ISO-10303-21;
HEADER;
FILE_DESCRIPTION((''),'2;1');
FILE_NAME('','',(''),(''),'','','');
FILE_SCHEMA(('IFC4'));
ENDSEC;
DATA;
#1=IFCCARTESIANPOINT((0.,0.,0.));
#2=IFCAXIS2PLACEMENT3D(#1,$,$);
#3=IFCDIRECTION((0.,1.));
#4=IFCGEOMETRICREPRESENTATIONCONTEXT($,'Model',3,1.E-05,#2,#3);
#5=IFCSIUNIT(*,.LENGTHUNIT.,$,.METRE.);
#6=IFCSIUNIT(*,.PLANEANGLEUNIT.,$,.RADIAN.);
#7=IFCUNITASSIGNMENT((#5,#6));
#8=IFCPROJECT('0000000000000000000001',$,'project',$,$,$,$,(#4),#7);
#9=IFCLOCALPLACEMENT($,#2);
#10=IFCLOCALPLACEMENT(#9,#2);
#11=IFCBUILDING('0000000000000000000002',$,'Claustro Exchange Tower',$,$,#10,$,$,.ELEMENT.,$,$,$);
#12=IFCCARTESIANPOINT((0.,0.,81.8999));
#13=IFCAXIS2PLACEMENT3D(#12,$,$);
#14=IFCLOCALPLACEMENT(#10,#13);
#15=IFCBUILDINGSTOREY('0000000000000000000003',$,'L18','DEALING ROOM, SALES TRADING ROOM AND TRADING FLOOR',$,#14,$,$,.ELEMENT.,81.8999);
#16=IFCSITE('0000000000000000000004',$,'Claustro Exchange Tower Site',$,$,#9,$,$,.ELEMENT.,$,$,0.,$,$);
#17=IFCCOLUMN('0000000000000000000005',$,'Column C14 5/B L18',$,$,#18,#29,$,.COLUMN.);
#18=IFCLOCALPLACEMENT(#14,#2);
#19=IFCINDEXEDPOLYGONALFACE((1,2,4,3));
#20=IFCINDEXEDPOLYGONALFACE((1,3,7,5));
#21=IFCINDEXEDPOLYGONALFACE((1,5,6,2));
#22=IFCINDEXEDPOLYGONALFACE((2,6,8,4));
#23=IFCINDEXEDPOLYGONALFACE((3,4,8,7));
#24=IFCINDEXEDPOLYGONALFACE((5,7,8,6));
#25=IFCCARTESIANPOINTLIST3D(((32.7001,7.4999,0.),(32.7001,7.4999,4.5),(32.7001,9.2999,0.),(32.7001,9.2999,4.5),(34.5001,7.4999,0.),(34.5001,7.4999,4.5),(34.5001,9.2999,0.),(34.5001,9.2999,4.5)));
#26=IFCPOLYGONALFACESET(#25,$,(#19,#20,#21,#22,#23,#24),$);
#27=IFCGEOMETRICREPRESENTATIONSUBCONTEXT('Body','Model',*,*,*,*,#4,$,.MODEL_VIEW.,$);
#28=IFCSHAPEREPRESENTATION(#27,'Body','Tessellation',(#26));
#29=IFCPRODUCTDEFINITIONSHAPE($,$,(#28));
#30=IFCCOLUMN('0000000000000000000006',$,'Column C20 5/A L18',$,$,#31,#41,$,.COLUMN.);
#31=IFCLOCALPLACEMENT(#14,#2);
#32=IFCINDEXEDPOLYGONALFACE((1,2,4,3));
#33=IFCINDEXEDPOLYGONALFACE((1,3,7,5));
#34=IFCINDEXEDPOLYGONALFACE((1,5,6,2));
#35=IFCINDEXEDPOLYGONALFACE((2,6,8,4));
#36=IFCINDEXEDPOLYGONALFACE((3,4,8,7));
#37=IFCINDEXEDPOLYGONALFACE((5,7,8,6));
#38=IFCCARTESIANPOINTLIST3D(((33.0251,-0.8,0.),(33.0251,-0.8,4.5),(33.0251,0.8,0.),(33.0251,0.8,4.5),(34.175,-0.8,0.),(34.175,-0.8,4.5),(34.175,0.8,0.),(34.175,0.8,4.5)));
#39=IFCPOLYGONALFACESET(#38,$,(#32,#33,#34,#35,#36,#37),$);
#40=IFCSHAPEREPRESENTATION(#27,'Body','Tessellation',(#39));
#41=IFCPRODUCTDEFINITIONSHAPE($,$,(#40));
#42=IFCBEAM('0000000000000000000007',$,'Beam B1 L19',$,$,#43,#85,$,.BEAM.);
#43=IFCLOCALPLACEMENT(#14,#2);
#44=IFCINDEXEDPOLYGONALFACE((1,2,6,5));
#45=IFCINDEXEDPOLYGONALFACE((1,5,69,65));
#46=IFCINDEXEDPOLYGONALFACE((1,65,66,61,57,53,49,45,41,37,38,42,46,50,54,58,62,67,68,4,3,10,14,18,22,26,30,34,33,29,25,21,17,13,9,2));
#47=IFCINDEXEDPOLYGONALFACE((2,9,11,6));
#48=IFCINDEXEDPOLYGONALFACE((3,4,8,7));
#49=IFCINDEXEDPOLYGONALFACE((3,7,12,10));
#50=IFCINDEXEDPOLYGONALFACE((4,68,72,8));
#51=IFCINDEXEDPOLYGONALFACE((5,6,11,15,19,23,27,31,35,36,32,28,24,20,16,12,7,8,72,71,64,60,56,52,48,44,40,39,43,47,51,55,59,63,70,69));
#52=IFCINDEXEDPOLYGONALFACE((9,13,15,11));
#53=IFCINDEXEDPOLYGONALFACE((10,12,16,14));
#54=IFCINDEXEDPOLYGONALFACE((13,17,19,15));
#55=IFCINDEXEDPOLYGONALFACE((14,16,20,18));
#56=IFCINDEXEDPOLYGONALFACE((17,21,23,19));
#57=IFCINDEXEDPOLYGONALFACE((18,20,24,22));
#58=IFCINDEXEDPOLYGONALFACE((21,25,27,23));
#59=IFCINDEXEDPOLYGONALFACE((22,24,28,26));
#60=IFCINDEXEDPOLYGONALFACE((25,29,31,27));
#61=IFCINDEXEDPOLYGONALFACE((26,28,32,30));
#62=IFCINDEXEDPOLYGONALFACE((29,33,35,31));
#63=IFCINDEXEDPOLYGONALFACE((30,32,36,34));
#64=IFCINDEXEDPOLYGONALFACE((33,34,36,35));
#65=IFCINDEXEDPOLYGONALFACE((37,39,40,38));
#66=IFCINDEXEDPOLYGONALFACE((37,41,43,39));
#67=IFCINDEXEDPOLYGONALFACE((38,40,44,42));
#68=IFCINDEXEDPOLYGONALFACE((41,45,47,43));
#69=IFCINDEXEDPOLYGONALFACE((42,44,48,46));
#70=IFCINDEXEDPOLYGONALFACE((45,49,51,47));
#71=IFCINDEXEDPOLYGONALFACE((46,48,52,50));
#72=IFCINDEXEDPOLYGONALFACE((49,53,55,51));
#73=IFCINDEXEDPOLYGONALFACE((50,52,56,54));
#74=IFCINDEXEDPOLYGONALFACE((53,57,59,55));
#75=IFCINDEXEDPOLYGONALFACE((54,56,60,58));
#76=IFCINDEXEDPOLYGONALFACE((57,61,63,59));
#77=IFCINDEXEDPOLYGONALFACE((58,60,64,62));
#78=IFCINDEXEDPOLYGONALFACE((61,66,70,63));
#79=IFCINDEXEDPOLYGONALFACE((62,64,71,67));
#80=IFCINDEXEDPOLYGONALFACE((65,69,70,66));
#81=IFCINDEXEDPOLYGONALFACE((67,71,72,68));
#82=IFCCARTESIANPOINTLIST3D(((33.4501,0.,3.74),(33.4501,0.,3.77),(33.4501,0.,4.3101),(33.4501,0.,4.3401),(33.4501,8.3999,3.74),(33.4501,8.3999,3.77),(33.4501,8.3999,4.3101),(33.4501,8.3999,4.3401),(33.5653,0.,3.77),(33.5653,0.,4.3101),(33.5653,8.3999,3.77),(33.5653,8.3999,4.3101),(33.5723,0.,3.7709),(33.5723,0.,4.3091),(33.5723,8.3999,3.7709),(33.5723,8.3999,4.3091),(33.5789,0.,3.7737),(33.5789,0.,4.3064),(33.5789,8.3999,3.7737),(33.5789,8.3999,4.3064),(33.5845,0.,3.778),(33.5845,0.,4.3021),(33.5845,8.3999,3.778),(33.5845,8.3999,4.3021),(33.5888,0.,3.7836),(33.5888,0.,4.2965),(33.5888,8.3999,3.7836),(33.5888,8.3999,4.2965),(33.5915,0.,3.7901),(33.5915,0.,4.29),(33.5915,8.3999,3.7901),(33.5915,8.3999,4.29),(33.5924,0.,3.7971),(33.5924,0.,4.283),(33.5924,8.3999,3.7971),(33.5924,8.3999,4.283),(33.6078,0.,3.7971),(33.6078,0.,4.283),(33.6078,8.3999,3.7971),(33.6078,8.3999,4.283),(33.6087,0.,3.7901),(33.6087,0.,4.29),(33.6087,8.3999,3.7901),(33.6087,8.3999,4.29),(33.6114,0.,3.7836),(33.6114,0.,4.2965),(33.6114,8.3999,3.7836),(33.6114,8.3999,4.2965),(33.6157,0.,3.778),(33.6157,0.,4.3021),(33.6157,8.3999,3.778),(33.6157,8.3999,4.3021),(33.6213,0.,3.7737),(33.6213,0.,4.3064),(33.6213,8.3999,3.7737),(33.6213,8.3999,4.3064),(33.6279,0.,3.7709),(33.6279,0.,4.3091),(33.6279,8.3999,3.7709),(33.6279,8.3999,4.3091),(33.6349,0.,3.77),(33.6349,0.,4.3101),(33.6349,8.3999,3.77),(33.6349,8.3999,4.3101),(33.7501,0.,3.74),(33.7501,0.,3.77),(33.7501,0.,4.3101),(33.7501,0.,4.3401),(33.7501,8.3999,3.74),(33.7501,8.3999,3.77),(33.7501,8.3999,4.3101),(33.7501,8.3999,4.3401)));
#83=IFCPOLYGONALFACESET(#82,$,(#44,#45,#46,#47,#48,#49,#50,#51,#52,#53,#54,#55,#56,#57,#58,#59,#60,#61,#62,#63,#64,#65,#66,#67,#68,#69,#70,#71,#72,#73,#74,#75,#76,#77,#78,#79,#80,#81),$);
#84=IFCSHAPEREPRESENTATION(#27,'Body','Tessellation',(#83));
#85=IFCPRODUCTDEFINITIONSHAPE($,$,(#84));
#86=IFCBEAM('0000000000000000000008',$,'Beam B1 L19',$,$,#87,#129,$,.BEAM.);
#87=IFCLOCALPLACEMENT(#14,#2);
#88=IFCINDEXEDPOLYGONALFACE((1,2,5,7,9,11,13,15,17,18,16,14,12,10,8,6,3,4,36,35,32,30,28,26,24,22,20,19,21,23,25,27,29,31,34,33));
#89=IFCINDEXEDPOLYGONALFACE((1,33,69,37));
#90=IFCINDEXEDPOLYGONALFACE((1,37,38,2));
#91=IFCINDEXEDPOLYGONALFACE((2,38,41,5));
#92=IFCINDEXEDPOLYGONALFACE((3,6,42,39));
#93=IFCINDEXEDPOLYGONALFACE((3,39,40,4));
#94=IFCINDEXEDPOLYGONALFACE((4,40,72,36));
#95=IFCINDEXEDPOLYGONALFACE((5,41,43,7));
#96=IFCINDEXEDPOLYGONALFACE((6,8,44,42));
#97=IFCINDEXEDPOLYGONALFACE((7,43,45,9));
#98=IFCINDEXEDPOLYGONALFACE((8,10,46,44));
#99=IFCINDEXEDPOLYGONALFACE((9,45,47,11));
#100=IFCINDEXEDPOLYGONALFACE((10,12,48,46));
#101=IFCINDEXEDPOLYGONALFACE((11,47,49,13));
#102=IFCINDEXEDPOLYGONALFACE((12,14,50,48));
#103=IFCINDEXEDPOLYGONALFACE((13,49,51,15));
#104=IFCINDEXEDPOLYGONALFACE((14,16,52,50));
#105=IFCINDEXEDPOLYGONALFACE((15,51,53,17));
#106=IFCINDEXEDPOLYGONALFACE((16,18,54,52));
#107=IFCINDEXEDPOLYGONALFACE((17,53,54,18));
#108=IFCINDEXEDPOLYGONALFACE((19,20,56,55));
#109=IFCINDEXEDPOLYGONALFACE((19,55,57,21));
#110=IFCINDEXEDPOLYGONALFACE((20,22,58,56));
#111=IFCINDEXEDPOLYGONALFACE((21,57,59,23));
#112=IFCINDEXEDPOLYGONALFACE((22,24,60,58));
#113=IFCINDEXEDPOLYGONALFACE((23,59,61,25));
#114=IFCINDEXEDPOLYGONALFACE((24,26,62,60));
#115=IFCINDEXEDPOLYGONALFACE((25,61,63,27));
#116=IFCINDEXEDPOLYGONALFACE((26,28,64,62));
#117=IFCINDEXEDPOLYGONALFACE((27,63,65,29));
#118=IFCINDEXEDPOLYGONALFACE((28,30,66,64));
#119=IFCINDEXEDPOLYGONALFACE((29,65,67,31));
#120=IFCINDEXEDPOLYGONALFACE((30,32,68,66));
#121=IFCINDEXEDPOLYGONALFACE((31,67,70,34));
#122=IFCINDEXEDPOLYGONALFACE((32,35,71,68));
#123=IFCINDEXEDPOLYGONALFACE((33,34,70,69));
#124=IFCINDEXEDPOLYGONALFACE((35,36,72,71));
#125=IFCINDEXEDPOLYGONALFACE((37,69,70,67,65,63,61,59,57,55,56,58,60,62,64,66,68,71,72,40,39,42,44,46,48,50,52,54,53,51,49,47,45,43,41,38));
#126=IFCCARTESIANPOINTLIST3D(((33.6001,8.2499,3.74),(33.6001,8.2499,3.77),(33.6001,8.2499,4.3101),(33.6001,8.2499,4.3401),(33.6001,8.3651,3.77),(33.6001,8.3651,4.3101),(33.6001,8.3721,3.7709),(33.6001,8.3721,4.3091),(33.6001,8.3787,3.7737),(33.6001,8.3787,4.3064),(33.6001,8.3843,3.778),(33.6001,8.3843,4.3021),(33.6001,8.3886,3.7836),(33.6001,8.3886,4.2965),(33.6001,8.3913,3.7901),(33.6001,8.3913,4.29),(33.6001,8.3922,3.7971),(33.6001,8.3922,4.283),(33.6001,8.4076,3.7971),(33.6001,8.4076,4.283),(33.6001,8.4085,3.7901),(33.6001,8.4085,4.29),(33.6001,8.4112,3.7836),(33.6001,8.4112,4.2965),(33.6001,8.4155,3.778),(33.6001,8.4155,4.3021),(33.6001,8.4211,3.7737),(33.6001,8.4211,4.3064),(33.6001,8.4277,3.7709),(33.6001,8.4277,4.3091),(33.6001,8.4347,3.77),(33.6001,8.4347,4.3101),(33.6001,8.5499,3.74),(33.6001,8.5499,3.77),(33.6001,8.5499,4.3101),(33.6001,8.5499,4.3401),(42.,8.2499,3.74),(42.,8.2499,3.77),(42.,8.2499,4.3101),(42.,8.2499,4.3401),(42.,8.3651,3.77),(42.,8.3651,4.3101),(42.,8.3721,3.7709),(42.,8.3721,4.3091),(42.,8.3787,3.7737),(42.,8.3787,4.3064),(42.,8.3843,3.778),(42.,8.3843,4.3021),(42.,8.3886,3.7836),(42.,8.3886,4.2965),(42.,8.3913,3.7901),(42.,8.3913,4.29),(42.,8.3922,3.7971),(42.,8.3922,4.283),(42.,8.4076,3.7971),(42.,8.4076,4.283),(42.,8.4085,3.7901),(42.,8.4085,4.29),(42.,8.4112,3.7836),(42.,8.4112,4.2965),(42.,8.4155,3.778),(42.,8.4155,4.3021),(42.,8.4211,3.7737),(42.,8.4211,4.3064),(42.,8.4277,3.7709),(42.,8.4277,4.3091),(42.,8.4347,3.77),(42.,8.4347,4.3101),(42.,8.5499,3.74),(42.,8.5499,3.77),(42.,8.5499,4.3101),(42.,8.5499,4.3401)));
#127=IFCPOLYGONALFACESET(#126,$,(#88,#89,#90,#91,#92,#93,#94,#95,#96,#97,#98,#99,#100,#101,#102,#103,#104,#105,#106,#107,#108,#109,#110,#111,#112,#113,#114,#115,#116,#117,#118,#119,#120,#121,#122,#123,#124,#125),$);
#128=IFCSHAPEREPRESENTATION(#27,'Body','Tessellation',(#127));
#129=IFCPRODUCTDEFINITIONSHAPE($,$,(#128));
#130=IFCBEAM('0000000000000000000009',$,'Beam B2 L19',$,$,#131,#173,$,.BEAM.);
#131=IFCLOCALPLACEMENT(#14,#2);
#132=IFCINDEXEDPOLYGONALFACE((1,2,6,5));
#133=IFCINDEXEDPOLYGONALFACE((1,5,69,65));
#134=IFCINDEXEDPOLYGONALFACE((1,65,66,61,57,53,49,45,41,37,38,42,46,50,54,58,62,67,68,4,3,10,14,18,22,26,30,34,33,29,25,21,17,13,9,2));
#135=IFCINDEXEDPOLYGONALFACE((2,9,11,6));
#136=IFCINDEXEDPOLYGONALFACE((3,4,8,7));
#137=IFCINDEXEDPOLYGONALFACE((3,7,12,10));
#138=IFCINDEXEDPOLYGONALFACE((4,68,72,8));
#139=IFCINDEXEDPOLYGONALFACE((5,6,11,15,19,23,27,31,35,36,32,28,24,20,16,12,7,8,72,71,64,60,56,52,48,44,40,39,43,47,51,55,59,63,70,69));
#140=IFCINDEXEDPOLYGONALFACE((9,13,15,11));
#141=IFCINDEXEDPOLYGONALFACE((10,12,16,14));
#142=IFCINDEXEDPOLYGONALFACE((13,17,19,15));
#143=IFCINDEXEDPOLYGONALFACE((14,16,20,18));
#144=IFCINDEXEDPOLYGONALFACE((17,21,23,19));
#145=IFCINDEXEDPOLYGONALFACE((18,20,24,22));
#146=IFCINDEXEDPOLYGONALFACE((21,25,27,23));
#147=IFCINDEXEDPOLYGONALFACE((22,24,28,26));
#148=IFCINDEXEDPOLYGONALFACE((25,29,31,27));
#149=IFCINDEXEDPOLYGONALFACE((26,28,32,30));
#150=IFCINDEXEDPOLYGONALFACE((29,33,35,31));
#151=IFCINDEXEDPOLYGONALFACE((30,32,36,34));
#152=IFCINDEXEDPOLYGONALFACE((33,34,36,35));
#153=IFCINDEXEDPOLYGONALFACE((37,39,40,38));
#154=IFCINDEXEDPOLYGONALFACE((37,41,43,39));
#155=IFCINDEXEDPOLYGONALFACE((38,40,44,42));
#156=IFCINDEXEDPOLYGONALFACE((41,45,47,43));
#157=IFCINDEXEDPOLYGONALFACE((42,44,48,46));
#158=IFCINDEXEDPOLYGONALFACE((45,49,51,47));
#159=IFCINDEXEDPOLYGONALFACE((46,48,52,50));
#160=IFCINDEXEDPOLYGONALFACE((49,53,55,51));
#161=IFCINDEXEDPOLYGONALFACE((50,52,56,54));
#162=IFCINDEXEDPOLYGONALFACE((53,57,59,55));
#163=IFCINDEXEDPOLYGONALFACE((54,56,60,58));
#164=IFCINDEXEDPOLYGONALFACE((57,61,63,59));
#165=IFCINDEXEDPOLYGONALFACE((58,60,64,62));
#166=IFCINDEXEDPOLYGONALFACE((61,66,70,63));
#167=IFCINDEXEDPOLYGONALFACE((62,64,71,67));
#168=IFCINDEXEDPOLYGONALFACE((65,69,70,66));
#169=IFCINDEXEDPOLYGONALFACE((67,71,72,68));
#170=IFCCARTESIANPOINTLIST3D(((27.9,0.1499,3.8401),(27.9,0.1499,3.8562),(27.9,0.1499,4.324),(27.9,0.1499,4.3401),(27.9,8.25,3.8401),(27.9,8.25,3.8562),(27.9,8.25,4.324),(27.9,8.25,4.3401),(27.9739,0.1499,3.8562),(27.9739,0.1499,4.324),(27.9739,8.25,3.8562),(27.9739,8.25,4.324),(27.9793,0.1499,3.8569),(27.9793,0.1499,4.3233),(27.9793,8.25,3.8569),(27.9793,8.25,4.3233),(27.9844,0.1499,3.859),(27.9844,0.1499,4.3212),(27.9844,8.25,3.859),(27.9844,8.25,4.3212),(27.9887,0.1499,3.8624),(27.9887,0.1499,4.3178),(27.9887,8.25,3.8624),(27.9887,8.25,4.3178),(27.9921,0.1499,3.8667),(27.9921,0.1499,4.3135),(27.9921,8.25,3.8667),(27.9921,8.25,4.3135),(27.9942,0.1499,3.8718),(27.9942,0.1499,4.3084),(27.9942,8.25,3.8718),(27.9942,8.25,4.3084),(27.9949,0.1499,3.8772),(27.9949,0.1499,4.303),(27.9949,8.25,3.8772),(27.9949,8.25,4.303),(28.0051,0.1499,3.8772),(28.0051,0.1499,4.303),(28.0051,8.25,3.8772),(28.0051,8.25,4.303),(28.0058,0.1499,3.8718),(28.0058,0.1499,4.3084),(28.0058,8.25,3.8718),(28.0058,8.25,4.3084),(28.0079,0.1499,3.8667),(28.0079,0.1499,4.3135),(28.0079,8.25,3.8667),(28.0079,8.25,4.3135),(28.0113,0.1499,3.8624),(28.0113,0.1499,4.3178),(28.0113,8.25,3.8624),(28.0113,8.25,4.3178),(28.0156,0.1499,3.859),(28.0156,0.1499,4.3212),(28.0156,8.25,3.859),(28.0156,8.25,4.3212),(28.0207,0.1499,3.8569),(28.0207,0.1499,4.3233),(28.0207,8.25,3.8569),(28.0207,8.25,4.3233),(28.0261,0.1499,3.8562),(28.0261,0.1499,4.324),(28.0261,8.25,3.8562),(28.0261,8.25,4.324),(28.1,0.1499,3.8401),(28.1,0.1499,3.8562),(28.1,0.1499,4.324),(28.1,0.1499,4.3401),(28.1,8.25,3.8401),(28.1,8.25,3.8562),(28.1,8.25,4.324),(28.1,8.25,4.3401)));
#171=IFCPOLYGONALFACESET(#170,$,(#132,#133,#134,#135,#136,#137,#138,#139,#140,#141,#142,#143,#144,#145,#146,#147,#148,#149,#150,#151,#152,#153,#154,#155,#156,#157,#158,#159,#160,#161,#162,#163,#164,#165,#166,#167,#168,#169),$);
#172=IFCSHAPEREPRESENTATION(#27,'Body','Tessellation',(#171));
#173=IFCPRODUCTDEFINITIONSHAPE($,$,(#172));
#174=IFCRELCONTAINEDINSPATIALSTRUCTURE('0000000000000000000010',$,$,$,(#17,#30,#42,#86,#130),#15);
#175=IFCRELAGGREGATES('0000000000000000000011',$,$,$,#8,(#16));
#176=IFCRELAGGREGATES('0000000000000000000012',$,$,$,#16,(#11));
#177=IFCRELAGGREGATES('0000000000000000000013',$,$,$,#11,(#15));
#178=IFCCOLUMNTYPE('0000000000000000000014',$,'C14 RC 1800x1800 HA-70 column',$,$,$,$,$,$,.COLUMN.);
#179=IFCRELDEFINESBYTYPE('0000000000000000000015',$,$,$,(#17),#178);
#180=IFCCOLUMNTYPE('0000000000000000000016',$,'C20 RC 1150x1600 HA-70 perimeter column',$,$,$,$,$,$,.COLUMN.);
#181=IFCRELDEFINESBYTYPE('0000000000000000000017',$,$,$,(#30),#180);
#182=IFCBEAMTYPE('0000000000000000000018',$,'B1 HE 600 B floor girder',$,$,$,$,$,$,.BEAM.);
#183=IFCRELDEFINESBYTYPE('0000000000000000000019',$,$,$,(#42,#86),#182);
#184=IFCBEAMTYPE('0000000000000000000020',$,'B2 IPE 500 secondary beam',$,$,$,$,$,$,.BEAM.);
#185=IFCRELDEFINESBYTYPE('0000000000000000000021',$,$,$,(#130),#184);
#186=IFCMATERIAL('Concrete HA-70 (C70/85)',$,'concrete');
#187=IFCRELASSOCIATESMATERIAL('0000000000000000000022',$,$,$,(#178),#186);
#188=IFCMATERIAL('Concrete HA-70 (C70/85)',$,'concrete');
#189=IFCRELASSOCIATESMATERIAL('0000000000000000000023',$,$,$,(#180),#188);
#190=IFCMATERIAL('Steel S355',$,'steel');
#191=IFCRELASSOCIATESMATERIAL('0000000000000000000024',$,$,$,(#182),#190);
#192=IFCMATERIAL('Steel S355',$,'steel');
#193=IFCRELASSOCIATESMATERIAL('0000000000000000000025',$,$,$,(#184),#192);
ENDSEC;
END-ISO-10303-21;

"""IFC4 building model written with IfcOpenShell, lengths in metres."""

from ifc_helpers import new_model, si_unit, direction, frame, origin, origin_2d, place, context, subcontext, project, spatial, rectangle, i_section, extrude, material, material_profile, profile_set, type_object, element, save


model = new_model("IFC4")

# Units and contexts
model_context = context("Model", 3, precision=1e-05, world=origin(), true_north=direction((0.0, 1.0)))
body_context = subcontext(model_context, "Body", "Model", "MODEL_VIEW")
ifc_project = project(units=[si_unit("LENGTHUNIT", "METRE"), si_unit("PLANEANGLEUNIT", "RADIAN")], contexts=[model_context])

# Site, building, storey
site_placement = place(None, origin())
site = spatial("IfcSite", under=ifc_project, at=site_placement, Name="Claustro Exchange Tower Site", CompositionType="ELEMENT", RefElevation=0.0)
building_placement = place(site_placement, origin())
building = spatial("IfcBuilding", under=site, at=building_placement, Name="Claustro Exchange Tower", CompositionType="ELEMENT")
storey_placement = place(building_placement, frame((0.0, 0.0, 81.8999)))
storey = spatial("IfcBuildingStorey", under=building, at=storey_placement, Name="L18", Description="DEALING ROOM, SALES TRADING ROOM AND TRADING FLOOR", CompositionType="ELEMENT", Elevation=81.8999)

# Columns
ifc_material_1 = material(Name="Concrete HA-70 (C70/85)", Category="concrete")
ifc_material_profile_1 = material_profile(ifc_material_1, rectangle(XDim=1.8, YDim=1.8, at=origin_2d()), Name="RC 1800x1800")
ifc_profile_set_1 = profile_set([ifc_material_profile_1], Name="Concrete HA-70 (C70/85)")
column_type_1 = type_object("IfcColumnType", Name="C14 RC 1800x1800 HA-70 column", PredefinedType="COLUMN", material=ifc_profile_set_1)
column_1_placement = place(storey_placement, frame((33.6001, 8.3999, 0.0), z_axis=(0.0, 0.0, 1.0), x_axis=(1.0, 0.0, 0.0)))
element("IfcColumn", 1, at=column_1_placement, inside=storey, type_object=column_type_1, Name="Column C14 5/B L18", PredefinedType="COLUMN", context=body_context, shape_type="SweptSolid", body=[
    extrude(rectangle(XDim=1.8, YDim=1.8, at=origin_2d()), origin(), (0.0, 0.0, 1.0), 4.5),
])
ifc_material_2 = material(Name="Concrete HA-70 (C70/85)", Category="concrete")
ifc_material_profile_2 = material_profile(ifc_material_2, rectangle(XDim=1.1499, YDim=1.6001, at=origin_2d()), Name="RC 1150x1600")
ifc_profile_set_2 = profile_set([ifc_material_profile_2], Name="Concrete HA-70 (C70/85)")
column_type_2 = type_object("IfcColumnType", Name="C20 RC 1150x1600 HA-70 perimeter column", PredefinedType="COLUMN", material=ifc_profile_set_2)
column_2_placement = place(storey_placement, frame((33.6001, 0.0, 0.0), z_axis=(0.0, 0.0, 1.0), x_axis=(1.0, 0.0, 0.0)))
element("IfcColumn", 2, at=column_2_placement, inside=storey, type_object=column_type_2, Name="Column C20 5/A L18", PredefinedType="COLUMN", context=body_context, shape_type="SweptSolid", body=[
    extrude(rectangle(XDim=1.1499, YDim=1.6001, at=origin_2d()), origin(), (0.0, 0.0, 1.0), 4.5),
])

# Beams
ifc_material_3 = material(Name="Steel S355", Category="steel")
ifc_material_profile_3 = material_profile(ifc_material_3, i_section(OverallWidth=0.3, OverallDepth=0.6001, WebThickness=0.0154, FlangeThickness=0.03, FilletRadius=0.0271, at=origin_2d()), Name="HE 600 B")
ifc_profile_set_3 = profile_set([ifc_material_profile_3], Name="Steel S355")
beam_type_1 = type_object("IfcBeamType", Name="B1 HE 600 B floor girder", PredefinedType="BEAM", material=ifc_profile_set_3)
for number, where, z_axis, x_axis, name in (
    (3, (33.6001, 0.0, 4.04), (0.0, 1.0, 0.0), (-1.0, 0.0, 0.0), "Beam B1 L19"),
    (4, (33.6001, 8.3999, 4.04), (1.0, 0.0, 0.0), (0.0, 1.0, 0.0), "Beam B1 L19"),
):
    element("IfcBeam", number, at=place(storey_placement, frame(where, z_axis=z_axis, x_axis=x_axis)), inside=storey, type_object=beam_type_1, Name=name, PredefinedType="BEAM", context=body_context, shape_type="SweptSolid", body=[
        extrude(i_section(OverallWidth=0.3, OverallDepth=0.6001, WebThickness=0.0154, FlangeThickness=0.03, FilletRadius=0.0271, at=origin_2d()), origin(), (0.0, 0.0, 1.0), 8.3999),
    ])
ifc_material_4 = material(Name="Steel S355", Category="steel")
ifc_material_profile_4 = material_profile(ifc_material_4, i_section(OverallWidth=0.2, OverallDepth=0.5, WebThickness=0.0103, FlangeThickness=0.0161, FilletRadius=0.021, at=origin_2d()), Name="IPE 500")
ifc_profile_set_4 = profile_set([ifc_material_profile_4], Name="Steel S355")
beam_type_2 = type_object("IfcBeamType", Name="B2 IPE 500 secondary beam", PredefinedType="BEAM", material=ifc_profile_set_4)
for number, where, z_axis, x_axis, name in (
    (5, (28.0, 0.1499, 4.0901), (0.0, 1.0, 0.0), (-1.0, 0.0, 0.0), "Beam B2 L19"),
):
    element("IfcBeam", number, at=place(storey_placement, frame(where, z_axis=z_axis, x_axis=x_axis)), inside=storey, type_object=beam_type_2, Name=name, PredefinedType="BEAM", context=body_context, shape_type="SweptSolid", body=[
        extrude(i_section(OverallWidth=0.2, OverallDepth=0.5, WebThickness=0.0103, FlangeThickness=0.0161, FilletRadius=0.021, at=origin_2d()), origin(), (0.0, 0.0, 1.0), 8.1001),
    ])

save(model, "model.ifc")
